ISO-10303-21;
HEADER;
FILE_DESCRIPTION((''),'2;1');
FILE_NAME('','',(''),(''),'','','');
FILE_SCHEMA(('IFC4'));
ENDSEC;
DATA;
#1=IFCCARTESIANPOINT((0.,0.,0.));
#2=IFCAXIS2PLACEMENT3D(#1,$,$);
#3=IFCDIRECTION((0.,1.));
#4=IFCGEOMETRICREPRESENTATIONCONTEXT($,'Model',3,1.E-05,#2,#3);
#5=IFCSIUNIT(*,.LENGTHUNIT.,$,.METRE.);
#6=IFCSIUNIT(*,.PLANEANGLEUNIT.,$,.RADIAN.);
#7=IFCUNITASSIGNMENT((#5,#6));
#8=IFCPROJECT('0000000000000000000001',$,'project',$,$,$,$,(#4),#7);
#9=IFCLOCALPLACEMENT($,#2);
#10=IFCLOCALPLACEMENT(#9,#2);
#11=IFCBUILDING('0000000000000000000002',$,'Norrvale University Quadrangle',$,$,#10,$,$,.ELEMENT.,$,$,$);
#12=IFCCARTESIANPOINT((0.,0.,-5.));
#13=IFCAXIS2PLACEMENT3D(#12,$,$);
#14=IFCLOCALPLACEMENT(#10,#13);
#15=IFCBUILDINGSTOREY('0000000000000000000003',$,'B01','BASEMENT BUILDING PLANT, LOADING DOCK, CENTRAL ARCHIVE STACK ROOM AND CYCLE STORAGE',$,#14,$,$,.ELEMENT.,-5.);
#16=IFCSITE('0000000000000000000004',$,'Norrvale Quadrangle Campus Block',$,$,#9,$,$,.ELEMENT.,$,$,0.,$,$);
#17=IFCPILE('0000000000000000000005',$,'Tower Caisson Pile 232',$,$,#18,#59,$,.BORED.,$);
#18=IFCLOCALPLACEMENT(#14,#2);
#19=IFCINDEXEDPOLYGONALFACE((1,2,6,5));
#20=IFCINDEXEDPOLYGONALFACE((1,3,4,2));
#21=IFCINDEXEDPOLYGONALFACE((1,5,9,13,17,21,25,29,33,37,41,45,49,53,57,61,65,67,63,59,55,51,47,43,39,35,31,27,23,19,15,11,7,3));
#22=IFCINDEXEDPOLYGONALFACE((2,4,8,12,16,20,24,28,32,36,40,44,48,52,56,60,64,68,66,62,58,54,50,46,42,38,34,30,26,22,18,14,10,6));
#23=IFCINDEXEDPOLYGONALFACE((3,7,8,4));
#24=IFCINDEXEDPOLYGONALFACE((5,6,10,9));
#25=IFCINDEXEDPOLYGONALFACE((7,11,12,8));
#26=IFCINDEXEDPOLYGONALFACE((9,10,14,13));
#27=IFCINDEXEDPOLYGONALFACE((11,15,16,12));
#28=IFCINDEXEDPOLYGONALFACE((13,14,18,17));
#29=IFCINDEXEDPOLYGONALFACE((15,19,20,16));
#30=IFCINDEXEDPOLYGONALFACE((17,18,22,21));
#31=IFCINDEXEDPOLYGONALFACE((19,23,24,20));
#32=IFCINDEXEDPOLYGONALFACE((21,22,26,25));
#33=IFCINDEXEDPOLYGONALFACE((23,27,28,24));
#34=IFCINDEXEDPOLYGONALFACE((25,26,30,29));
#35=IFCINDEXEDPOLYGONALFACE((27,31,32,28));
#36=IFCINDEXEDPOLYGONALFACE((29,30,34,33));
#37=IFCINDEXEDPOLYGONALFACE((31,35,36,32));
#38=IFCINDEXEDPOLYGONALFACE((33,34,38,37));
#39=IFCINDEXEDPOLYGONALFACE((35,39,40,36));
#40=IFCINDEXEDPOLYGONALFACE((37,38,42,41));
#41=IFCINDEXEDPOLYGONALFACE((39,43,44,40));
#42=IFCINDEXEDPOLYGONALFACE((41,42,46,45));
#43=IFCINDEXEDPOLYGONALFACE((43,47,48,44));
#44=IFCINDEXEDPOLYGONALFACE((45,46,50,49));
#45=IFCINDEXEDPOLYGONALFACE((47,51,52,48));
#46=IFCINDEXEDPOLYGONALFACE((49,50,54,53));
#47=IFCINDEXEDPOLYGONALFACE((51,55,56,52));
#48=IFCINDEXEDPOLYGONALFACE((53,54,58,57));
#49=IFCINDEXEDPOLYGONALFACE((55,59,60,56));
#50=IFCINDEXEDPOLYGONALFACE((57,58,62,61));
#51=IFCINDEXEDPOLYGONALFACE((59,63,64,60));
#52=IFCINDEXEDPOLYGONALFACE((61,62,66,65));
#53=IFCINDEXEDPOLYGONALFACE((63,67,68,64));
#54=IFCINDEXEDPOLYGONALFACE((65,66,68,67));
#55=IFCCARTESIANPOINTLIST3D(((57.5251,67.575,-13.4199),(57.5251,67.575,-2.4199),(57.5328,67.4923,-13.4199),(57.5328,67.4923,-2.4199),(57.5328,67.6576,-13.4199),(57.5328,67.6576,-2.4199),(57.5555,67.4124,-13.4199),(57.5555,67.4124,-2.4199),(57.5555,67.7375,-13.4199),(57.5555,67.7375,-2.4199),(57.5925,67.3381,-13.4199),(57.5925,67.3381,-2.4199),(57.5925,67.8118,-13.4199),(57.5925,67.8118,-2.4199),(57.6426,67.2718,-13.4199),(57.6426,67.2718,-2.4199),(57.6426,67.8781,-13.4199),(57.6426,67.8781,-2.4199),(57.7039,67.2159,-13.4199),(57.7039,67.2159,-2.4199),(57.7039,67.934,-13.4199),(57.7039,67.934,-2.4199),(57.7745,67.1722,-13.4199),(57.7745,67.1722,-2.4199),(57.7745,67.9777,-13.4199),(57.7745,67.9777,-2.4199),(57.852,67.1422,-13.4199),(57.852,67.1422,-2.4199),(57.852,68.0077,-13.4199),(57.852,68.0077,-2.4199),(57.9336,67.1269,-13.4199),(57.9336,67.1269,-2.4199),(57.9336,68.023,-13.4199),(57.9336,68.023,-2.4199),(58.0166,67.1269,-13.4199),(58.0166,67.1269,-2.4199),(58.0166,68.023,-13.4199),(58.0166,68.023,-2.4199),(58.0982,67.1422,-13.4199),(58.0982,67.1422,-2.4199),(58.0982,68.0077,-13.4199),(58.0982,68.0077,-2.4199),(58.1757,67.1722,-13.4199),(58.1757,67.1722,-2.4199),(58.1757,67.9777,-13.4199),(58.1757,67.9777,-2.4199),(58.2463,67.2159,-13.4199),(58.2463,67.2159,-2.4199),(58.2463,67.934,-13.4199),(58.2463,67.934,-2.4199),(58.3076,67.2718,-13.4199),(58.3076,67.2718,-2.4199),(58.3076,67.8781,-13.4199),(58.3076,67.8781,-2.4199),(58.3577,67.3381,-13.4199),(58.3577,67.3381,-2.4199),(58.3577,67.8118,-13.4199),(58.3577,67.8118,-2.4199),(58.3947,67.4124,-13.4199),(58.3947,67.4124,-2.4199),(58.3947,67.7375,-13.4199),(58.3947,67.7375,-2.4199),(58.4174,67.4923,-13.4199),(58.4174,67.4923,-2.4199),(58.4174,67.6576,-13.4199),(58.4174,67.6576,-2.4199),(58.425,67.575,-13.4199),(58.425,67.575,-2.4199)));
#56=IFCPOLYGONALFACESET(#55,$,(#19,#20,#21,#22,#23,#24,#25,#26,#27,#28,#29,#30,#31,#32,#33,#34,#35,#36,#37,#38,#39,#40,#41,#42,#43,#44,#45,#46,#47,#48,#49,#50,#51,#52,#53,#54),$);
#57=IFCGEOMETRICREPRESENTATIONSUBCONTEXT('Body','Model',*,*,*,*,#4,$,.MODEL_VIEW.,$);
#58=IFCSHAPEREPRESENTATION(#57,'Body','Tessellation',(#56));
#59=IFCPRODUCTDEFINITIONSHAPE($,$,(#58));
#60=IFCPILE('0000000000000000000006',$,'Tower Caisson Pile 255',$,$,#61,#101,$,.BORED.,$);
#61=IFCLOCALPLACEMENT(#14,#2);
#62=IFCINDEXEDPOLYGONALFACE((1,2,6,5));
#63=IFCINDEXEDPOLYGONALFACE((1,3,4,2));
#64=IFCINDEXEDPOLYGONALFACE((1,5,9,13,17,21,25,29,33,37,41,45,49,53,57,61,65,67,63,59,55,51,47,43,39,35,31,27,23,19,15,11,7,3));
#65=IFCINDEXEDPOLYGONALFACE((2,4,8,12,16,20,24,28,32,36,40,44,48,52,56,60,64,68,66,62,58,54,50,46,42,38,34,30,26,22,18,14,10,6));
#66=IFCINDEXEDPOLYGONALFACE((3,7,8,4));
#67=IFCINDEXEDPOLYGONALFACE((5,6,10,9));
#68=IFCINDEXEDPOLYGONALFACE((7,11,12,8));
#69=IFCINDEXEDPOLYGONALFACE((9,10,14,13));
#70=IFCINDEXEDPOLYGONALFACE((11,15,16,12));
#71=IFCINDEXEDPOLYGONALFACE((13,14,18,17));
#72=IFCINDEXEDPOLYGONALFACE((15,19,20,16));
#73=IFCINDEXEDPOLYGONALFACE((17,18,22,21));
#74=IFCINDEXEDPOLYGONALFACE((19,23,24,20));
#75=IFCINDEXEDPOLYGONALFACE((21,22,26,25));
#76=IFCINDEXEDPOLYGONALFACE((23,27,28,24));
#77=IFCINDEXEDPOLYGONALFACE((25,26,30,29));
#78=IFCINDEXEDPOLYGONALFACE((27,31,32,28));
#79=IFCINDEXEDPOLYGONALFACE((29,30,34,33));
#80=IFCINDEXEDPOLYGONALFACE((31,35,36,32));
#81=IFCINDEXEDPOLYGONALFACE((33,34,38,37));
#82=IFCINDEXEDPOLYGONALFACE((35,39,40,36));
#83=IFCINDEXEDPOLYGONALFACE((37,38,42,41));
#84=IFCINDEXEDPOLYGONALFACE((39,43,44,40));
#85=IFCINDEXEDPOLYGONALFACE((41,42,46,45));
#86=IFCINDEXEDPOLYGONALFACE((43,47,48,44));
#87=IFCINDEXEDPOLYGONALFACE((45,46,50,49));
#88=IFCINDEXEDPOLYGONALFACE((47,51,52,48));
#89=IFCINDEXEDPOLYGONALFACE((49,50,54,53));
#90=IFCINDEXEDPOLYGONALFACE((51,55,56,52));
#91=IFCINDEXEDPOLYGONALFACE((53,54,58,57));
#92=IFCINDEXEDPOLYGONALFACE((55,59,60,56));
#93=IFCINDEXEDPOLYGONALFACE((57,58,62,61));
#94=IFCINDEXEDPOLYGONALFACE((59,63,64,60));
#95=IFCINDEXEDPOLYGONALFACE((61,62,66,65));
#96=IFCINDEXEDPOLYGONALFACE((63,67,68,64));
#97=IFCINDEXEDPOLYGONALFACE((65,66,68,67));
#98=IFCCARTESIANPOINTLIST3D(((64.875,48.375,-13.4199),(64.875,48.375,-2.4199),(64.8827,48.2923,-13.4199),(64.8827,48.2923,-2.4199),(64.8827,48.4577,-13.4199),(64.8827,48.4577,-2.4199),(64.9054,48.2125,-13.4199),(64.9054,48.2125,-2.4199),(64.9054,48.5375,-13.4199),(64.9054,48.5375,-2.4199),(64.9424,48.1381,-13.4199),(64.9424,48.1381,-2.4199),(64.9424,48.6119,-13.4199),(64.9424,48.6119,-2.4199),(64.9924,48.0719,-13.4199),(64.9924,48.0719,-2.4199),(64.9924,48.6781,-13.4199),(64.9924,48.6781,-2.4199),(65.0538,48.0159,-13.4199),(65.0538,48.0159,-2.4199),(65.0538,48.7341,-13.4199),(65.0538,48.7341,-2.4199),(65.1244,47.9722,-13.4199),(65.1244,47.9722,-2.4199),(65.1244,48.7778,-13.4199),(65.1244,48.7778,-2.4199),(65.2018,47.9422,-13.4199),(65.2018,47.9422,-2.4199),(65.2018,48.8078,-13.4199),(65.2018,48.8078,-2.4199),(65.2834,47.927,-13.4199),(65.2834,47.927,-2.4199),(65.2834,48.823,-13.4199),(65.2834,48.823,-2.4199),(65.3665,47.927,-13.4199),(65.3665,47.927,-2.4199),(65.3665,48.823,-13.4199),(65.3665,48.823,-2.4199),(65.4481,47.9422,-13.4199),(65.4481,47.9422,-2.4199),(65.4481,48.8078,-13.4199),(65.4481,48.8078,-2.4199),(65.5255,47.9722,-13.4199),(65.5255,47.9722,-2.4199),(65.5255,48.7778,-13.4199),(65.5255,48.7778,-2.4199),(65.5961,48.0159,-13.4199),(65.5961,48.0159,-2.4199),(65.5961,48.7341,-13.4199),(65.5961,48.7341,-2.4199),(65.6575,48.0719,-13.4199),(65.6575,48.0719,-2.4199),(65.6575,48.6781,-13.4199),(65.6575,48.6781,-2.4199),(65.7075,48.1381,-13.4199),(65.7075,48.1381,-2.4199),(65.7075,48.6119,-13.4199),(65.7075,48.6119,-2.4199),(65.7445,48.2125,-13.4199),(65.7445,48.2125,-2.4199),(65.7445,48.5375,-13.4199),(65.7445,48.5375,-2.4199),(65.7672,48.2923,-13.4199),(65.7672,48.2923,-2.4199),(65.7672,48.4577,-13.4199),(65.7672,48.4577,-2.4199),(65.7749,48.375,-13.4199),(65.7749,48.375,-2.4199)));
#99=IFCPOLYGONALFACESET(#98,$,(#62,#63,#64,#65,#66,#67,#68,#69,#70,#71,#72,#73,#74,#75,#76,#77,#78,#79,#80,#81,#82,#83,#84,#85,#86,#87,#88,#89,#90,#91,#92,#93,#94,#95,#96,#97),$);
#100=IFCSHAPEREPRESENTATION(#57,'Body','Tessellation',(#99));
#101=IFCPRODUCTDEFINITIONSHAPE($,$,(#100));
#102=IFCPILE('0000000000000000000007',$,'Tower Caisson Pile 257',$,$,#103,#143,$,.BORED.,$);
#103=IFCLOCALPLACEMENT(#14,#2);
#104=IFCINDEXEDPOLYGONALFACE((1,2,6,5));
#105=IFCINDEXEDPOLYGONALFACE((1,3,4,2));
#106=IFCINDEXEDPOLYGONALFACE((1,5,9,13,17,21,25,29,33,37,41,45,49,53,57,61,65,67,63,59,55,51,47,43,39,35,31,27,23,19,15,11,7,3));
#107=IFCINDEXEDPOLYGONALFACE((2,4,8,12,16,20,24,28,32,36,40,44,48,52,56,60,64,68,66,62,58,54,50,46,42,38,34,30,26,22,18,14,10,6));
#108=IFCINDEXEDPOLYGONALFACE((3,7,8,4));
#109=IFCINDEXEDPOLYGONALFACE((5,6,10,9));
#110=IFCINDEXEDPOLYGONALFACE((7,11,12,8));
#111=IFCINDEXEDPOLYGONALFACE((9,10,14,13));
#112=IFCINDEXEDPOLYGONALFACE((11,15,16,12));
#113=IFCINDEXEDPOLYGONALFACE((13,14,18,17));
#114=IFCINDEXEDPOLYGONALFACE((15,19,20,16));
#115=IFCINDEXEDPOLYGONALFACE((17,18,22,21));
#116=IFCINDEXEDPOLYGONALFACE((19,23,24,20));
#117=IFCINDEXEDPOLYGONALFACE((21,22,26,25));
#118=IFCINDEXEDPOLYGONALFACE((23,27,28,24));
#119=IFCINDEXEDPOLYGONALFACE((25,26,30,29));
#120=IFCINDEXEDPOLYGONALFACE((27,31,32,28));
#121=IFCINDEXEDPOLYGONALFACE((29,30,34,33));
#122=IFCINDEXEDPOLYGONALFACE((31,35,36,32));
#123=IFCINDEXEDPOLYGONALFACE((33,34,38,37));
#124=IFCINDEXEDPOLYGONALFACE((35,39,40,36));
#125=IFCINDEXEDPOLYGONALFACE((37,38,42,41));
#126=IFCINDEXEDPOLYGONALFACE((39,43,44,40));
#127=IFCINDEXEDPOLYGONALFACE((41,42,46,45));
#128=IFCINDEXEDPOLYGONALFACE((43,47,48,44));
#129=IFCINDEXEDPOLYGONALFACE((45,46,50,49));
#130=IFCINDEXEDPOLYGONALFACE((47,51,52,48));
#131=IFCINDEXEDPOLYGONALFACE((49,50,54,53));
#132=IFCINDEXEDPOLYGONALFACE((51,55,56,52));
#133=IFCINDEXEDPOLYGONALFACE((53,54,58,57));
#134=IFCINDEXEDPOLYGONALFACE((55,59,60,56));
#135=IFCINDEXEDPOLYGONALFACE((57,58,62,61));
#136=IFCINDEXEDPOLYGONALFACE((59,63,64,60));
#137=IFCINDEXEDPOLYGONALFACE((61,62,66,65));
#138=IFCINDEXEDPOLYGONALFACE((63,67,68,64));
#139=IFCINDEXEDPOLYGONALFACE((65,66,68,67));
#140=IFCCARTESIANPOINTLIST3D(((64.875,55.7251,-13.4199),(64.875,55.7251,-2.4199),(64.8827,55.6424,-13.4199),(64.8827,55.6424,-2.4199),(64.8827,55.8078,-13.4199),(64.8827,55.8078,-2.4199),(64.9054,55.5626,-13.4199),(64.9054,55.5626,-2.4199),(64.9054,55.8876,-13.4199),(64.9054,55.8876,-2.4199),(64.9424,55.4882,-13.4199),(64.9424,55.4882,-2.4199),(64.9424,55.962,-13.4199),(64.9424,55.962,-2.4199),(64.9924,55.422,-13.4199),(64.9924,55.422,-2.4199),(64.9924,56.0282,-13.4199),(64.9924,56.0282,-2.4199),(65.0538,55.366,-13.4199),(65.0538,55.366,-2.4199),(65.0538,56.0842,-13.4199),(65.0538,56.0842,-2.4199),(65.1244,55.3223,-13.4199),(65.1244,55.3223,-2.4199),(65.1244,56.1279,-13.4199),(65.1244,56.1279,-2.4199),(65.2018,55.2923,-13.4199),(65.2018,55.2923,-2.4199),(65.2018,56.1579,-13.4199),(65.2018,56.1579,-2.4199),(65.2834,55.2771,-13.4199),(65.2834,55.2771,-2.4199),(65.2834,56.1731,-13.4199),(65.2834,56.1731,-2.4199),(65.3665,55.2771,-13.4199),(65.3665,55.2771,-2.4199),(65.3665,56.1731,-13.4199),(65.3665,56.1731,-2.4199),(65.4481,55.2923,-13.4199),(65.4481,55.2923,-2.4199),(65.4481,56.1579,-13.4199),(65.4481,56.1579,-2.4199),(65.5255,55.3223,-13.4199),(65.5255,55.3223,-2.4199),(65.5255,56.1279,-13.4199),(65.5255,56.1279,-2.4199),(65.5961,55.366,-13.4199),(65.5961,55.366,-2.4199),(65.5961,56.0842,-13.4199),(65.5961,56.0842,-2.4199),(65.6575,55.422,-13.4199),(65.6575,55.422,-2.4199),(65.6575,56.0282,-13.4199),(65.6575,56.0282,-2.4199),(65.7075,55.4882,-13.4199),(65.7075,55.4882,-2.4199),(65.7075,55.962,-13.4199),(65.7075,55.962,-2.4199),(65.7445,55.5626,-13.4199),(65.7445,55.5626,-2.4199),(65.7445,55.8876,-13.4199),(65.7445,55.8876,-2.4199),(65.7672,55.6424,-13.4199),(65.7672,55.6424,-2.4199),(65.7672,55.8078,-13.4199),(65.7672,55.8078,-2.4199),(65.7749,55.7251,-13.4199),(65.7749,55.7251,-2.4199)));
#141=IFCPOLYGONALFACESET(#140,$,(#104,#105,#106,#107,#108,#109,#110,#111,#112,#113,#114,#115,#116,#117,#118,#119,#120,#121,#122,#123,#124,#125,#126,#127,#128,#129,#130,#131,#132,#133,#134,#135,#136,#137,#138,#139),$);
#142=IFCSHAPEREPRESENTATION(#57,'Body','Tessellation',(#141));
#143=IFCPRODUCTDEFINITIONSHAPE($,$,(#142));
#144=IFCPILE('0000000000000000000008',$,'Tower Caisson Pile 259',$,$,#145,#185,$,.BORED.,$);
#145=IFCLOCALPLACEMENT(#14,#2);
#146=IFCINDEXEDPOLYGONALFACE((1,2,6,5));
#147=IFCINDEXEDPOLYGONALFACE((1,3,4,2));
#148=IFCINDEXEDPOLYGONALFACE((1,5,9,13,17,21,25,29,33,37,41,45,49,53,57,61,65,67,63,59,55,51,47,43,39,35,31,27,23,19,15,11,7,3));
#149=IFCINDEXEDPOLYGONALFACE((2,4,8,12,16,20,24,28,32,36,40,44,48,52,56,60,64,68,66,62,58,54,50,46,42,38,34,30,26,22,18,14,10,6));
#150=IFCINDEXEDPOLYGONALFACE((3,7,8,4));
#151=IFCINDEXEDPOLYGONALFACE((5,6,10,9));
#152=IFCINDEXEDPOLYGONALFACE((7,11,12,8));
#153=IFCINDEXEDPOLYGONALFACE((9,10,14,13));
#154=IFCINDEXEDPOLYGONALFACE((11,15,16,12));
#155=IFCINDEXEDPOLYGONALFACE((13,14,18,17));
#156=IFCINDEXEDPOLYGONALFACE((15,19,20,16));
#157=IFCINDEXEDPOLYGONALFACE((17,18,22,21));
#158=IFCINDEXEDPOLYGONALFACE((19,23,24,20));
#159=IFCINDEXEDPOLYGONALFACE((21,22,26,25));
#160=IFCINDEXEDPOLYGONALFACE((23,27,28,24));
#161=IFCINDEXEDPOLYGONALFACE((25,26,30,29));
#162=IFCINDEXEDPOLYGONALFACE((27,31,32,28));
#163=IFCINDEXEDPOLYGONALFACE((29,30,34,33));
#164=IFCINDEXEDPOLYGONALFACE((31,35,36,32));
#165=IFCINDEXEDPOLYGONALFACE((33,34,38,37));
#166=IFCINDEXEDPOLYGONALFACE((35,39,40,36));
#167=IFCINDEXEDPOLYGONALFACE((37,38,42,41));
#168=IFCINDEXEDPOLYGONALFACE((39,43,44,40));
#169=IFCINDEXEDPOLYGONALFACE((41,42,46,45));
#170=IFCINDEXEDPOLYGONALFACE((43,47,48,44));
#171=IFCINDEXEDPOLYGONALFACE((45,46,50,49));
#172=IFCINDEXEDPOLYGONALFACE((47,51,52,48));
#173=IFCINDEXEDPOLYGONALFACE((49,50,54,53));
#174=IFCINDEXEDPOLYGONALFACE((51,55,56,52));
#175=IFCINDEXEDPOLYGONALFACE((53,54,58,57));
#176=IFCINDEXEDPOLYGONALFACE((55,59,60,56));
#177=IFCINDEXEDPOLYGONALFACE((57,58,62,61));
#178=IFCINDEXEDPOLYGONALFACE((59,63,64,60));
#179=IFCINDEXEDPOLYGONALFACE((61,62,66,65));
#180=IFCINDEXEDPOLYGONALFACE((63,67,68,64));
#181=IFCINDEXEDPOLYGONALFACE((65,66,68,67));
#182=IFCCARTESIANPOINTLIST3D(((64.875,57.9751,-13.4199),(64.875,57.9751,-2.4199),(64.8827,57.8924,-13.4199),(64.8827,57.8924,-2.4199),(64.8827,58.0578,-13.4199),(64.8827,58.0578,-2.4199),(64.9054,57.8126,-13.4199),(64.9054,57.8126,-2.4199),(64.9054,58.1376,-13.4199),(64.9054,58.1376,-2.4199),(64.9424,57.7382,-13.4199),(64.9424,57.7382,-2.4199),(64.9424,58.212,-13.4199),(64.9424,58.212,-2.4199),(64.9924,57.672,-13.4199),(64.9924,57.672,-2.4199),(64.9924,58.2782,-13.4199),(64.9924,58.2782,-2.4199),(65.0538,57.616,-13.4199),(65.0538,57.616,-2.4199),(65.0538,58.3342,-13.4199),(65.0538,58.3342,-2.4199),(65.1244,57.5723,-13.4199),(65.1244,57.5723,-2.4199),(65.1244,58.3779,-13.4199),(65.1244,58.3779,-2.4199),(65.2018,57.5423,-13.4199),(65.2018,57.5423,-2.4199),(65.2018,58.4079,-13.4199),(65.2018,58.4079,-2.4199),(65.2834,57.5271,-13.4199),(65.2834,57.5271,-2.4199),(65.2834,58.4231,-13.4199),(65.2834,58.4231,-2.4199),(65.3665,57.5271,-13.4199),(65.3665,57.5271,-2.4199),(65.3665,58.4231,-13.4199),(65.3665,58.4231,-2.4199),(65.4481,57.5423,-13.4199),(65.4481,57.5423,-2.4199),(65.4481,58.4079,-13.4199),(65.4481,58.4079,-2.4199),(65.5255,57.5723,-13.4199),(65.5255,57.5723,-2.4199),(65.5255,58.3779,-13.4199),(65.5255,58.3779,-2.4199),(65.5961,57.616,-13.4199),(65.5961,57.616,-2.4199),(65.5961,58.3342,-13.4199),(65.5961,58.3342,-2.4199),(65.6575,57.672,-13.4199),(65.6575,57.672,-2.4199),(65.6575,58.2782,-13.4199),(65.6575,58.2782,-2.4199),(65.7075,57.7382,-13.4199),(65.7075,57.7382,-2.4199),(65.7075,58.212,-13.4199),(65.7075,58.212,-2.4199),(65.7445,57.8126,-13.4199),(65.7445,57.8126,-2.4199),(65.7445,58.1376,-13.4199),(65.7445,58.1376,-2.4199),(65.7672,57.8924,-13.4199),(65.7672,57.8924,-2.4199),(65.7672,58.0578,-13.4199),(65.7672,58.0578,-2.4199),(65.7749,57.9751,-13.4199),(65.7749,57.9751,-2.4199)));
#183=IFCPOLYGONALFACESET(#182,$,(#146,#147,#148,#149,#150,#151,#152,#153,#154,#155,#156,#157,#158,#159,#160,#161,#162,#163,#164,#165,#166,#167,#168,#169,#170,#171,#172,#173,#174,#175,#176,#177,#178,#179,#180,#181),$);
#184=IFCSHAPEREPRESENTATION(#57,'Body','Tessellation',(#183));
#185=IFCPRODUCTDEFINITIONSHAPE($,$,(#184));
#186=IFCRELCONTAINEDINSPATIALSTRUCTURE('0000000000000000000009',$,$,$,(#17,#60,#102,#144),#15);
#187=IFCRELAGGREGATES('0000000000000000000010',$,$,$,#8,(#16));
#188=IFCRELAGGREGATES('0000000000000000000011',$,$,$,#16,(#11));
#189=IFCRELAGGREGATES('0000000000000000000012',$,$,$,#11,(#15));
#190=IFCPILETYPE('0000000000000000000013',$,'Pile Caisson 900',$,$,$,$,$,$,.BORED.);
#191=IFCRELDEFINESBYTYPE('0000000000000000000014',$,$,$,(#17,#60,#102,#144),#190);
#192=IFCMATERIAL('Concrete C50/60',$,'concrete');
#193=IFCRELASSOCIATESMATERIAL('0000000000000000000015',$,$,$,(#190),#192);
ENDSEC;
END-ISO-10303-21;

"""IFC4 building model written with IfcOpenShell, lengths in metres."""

from ifc_helpers import new_model, si_unit, direction, frame, origin, origin_2d, place, context, subcontext, project, spatial, circle, extrude, material, material_profile, profile_set, type_object, element, save


model = new_model("IFC4")

# Units and contexts
model_context = context("Model", 3, precision=1e-05, world=origin(), true_north=direction((0.0, 1.0)))
body_context = subcontext(model_context, "Body", "Model", "MODEL_VIEW")
ifc_project = project(units=[si_unit("LENGTHUNIT", "METRE"), si_unit("PLANEANGLEUNIT", "RADIAN")], contexts=[model_context])

# Site, building, storey
site_placement = place(None, origin())
site = spatial("IfcSite", under=ifc_project, at=site_placement, Name="Norrvale Quadrangle Campus Block", CompositionType="ELEMENT", RefElevation=0.0)
building_placement = place(site_placement, origin())
building = spatial("IfcBuilding", under=site, at=building_placement, Name="Norrvale University Quadrangle", CompositionType="ELEMENT")
storey_placement = place(building_placement, frame((0.0, 0.0, -5.0)))
storey = spatial("IfcBuildingStorey", under=building, at=storey_placement, Name="B01", Description="BASEMENT BUILDING PLANT, LOADING DOCK, CENTRAL ARCHIVE STACK ROOM AND CYCLE STORAGE", CompositionType="ELEMENT", Elevation=-5.0)

# Shared definitions
ifc_material_1 = material(Name="Concrete C50/60", Category="concrete")

# Piles
ifc_material_profile_1 = material_profile(ifc_material_1, circle(Radius=0.45, at=origin_2d()), Name="Concrete C50/60")
ifc_profile_set_1 = profile_set([ifc_material_profile_1], Name="Concrete C50/60")
pile_type_1 = type_object("IfcPileType", Name="Pile Caisson 900", PredefinedType="BORED", material=ifc_profile_set_1)
for number, where, z_axis, x_axis, name in (
    (1, (57.9751, 67.575, -2.4199), (0.0, 0.0, -1.0), (1.0, 0.0, 0.0), "Tower Caisson Pile 232"),
    (2, (65.325, 48.375, -2.4199), (0.0, 0.0, -1.0), (1.0, 0.0, 0.0), "Tower Caisson Pile 255"),
    (3, (65.325, 55.7251, -2.4199), (0.0, 0.0, -1.0), (1.0, 0.0, 0.0), "Tower Caisson Pile 257"),
    (4, (65.325, 57.9751, -2.4199), (0.0, 0.0, -1.0), (1.0, 0.0, 0.0), "Tower Caisson Pile 259"),
):
    element("IfcPile", number, at=place(storey_placement, frame(where, z_axis=z_axis, x_axis=x_axis)), inside=storey, type_object=pile_type_1, Name=name, PredefinedType="BORED", context=body_context, shape_type="SweptSolid", body=[
        extrude(circle(Radius=0.45, at=origin_2d()), origin(), (0.0, 0.0, 1.0), 11.0),
    ])

save(model, "model.ifc")
